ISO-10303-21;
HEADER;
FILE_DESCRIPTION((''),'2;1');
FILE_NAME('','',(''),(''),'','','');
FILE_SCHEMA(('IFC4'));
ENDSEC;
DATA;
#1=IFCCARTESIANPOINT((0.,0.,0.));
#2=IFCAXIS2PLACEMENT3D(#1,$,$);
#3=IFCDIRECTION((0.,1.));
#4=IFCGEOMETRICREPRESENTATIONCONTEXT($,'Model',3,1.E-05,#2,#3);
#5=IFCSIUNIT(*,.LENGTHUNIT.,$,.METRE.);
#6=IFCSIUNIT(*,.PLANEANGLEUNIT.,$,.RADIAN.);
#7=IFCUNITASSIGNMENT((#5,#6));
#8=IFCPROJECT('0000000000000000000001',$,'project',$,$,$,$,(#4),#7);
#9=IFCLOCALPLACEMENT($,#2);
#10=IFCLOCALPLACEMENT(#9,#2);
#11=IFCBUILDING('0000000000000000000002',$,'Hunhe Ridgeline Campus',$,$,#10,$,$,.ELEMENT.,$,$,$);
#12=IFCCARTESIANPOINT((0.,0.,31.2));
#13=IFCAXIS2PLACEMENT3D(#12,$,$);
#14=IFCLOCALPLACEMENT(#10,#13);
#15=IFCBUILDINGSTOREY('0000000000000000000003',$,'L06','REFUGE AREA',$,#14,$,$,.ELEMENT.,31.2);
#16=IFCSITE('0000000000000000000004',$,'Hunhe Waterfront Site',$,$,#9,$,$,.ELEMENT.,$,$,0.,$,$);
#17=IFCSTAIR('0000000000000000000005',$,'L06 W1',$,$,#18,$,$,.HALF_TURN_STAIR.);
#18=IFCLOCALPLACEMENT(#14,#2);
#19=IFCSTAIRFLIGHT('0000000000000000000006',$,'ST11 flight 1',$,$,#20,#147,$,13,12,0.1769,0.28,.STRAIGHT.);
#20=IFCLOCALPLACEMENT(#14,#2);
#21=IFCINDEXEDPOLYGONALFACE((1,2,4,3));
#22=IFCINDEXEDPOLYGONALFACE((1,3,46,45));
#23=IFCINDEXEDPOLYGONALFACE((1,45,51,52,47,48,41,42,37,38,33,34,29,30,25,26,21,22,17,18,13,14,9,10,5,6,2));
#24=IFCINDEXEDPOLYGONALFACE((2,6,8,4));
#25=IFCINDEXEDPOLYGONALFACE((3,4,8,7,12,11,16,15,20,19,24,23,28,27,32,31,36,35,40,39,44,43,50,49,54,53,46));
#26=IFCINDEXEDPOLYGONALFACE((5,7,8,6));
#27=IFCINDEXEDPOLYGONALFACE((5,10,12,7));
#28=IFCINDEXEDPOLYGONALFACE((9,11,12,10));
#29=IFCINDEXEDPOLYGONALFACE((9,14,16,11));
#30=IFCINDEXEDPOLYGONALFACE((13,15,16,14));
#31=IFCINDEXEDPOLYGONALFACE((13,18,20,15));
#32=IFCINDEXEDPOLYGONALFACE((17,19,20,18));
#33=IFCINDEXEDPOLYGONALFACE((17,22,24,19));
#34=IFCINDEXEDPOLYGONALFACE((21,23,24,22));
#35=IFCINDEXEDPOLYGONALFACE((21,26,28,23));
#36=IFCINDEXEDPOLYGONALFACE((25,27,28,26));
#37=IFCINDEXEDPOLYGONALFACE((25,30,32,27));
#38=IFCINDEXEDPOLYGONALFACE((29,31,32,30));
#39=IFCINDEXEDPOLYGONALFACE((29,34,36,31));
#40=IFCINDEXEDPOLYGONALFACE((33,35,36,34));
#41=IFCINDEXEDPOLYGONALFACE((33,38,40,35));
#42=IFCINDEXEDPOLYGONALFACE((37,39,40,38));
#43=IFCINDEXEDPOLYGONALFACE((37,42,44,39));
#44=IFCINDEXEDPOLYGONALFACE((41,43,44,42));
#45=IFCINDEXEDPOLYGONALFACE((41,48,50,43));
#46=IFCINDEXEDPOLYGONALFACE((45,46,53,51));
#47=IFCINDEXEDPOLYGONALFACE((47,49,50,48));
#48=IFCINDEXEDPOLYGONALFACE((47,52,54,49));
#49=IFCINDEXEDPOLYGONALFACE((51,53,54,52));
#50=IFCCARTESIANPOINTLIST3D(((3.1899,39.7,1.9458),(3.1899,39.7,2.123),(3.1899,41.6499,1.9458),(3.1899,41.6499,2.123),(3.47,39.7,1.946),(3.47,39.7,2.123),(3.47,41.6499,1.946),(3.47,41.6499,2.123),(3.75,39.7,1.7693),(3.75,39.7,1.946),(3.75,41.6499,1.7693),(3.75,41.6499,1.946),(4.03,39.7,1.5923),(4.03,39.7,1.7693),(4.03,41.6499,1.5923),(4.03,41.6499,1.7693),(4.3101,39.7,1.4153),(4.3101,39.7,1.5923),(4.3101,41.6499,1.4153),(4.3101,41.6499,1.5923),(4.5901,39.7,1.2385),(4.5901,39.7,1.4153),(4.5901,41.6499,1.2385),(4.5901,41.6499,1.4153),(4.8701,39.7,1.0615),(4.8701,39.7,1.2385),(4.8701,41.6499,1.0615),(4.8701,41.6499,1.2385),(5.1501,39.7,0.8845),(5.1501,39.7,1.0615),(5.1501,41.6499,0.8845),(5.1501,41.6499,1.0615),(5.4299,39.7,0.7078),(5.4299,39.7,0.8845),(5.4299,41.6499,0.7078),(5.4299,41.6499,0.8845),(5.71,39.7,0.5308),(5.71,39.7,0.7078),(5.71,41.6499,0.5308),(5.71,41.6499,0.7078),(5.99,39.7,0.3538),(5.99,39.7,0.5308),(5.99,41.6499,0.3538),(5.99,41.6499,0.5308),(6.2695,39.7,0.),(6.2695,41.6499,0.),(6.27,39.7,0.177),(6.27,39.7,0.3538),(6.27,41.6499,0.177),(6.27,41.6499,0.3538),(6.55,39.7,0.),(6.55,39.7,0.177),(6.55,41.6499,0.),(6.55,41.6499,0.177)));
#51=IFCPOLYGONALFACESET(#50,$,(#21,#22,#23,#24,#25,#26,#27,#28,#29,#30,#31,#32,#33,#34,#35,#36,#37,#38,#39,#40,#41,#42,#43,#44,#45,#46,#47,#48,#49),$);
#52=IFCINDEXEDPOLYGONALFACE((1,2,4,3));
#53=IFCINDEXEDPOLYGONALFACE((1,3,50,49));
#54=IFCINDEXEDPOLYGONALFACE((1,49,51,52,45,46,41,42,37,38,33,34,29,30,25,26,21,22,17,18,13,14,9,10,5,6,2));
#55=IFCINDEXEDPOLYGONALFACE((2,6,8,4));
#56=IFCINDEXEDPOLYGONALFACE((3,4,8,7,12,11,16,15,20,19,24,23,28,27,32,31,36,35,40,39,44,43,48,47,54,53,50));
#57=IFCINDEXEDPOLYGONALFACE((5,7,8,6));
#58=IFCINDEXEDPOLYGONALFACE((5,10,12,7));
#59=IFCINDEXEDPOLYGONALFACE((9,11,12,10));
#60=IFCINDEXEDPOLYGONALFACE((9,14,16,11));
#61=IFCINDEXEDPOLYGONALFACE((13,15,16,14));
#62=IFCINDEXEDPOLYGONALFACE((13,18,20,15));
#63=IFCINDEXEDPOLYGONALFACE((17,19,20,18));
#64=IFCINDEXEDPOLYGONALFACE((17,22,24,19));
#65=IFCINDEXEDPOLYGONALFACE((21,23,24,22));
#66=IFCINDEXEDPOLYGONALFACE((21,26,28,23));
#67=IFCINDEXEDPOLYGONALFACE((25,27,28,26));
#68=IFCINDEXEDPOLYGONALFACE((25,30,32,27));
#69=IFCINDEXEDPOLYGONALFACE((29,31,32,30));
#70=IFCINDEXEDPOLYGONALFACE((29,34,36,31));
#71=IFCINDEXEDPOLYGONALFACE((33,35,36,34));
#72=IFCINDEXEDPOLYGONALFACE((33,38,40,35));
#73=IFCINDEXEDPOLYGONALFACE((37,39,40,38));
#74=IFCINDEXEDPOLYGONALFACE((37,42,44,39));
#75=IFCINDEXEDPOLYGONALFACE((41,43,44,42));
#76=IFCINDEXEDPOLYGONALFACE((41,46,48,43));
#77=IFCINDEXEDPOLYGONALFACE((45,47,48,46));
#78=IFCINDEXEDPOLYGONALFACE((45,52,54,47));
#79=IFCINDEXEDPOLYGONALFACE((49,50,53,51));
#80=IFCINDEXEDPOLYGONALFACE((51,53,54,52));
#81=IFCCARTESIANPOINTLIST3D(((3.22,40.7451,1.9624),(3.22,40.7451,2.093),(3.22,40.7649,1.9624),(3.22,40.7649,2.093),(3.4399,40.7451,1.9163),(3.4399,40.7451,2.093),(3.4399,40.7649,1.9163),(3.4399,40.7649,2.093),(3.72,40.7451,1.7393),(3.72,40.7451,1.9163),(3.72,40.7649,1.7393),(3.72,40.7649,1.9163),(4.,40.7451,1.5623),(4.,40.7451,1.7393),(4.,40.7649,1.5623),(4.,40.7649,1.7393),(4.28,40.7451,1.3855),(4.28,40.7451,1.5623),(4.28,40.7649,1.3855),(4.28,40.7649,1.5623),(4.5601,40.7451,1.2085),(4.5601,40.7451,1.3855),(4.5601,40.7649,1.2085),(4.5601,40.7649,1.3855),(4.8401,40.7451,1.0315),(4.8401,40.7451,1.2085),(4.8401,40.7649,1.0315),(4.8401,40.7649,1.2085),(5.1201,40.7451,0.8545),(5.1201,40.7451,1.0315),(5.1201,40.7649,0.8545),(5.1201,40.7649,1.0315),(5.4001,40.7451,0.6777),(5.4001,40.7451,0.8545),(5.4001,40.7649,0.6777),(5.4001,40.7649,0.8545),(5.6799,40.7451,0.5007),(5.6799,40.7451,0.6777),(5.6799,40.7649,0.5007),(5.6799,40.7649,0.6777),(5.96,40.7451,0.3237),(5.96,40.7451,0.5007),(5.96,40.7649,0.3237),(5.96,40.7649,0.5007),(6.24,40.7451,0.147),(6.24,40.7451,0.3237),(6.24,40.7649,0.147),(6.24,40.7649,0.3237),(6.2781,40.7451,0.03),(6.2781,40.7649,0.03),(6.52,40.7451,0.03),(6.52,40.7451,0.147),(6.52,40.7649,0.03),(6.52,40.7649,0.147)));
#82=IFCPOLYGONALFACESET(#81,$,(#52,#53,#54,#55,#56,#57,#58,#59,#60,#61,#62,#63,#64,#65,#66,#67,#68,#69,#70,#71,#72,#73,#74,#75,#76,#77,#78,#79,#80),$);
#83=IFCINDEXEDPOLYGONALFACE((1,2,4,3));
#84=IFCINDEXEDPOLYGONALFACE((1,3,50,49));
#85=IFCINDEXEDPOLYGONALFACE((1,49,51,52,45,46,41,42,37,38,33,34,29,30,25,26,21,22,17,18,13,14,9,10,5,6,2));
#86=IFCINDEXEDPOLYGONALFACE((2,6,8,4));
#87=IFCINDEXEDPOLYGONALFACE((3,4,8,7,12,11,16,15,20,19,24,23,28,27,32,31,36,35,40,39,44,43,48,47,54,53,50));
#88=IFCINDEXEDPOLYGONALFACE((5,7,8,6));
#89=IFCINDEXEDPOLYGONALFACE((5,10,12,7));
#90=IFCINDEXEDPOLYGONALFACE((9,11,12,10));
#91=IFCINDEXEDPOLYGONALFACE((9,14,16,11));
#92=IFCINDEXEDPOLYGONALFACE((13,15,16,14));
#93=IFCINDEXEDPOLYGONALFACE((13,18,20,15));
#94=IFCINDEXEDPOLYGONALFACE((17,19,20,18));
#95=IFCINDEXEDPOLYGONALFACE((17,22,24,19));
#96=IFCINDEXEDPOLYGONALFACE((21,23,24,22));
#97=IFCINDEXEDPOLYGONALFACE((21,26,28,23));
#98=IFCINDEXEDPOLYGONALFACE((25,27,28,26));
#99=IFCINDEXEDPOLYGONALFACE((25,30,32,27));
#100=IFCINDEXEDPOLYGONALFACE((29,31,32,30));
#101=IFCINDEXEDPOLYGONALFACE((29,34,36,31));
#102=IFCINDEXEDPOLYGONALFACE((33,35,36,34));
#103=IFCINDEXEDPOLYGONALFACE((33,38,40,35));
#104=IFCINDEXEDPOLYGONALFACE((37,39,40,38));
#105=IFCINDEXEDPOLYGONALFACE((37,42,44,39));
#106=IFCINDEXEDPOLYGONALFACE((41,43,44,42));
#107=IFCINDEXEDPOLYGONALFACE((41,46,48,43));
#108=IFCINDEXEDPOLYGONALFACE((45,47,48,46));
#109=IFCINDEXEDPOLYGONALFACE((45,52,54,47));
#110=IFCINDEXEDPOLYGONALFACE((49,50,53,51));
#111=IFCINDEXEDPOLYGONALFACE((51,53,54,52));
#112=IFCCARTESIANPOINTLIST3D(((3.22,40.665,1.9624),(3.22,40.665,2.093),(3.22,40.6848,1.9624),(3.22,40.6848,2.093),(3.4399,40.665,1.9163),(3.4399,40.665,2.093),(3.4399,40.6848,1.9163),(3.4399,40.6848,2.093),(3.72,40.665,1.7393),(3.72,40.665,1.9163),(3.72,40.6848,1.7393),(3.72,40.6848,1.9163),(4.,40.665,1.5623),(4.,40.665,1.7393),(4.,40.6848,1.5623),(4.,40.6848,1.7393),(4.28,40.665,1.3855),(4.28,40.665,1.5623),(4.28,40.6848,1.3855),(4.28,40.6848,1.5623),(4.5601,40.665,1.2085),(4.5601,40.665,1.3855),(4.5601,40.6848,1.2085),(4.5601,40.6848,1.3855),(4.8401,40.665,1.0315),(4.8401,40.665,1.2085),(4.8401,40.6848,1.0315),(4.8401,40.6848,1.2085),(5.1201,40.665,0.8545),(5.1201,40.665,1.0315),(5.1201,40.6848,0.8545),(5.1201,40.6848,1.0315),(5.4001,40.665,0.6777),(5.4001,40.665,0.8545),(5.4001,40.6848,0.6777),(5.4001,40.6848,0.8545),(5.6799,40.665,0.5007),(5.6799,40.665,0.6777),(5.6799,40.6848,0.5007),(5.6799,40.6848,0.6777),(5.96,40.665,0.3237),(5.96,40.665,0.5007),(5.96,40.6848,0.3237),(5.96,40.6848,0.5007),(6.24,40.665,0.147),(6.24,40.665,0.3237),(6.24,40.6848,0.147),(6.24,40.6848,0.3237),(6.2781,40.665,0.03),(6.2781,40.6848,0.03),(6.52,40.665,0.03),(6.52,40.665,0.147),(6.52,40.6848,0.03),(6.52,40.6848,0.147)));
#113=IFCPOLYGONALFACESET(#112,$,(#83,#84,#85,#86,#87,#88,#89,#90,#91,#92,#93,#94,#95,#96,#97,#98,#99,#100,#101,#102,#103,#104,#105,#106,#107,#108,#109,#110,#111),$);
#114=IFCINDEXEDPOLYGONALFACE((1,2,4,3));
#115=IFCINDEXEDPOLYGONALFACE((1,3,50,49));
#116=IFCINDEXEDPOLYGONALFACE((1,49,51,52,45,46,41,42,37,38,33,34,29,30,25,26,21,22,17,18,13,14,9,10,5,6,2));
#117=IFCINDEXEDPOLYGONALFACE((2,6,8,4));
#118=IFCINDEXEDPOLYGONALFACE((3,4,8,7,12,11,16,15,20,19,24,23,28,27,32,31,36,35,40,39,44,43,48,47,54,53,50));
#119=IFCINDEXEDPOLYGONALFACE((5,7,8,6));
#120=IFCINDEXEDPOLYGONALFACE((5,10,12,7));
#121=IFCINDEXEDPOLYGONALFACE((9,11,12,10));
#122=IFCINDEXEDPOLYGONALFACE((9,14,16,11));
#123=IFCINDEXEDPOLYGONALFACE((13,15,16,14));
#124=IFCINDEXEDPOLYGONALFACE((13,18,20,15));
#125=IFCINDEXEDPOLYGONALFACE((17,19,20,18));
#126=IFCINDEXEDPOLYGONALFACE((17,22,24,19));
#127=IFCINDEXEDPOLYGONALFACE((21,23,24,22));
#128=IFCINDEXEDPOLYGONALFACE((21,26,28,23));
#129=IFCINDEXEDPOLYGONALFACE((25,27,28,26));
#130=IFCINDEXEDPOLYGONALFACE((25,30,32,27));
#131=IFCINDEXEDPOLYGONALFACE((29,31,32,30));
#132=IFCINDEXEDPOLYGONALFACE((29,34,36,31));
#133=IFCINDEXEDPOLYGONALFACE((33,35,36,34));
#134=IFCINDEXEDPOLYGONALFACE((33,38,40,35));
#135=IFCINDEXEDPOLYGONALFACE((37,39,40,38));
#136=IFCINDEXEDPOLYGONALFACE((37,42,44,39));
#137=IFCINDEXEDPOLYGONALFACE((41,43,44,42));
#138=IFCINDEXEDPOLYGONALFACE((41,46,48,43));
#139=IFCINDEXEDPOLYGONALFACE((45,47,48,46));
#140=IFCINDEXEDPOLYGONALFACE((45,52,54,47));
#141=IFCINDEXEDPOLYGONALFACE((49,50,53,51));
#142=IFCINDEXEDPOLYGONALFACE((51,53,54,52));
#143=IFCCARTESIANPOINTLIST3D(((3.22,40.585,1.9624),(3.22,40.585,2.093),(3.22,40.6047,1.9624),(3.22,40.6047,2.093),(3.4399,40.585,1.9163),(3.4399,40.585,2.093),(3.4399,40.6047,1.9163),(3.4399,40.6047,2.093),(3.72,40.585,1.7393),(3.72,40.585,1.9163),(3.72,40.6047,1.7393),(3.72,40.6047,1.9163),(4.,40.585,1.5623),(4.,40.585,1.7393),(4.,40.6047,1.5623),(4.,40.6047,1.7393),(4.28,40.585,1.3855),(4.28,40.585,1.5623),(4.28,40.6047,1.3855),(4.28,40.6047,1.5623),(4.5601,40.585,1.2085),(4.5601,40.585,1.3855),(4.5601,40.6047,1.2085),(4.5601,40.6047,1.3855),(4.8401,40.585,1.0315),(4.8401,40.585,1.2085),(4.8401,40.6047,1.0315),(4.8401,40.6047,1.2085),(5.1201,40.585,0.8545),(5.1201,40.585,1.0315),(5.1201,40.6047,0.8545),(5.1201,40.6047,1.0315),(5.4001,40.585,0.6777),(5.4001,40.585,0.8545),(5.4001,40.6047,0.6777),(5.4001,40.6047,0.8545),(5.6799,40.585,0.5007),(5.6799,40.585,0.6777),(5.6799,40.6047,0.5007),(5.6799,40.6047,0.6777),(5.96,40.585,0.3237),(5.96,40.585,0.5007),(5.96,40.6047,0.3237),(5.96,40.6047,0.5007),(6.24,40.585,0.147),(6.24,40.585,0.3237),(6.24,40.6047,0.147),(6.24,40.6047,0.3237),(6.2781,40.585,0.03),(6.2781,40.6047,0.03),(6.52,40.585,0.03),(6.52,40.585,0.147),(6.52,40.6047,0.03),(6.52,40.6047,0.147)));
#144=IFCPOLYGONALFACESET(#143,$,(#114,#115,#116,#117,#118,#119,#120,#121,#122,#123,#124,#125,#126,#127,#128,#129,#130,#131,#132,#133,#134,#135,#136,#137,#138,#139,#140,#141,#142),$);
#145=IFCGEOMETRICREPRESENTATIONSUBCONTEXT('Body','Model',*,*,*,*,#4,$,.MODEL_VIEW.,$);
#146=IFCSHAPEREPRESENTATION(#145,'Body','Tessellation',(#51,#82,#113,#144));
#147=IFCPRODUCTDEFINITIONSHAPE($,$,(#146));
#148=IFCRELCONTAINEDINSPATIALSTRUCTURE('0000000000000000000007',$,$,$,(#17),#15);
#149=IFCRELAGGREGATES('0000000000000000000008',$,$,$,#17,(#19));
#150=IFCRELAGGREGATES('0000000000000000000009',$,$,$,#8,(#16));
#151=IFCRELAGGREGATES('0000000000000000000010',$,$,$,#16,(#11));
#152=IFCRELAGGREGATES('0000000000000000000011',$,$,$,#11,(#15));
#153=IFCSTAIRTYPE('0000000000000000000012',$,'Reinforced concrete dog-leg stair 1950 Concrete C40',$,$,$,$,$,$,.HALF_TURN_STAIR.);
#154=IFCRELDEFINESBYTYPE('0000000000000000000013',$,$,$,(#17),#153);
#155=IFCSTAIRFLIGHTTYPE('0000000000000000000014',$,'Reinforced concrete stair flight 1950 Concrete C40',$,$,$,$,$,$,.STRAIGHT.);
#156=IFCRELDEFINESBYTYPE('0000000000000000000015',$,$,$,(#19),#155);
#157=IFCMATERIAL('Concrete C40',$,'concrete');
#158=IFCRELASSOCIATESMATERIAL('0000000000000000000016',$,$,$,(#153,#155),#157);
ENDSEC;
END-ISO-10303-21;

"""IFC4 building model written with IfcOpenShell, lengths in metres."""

from ifc_helpers import new_model, si_unit, direction, frame, origin, place, context, subcontext, project, spatial, polyline, outline, extrude, material, type_object, element, aggregate, save


model = new_model("IFC4")

# Units and contexts
model_context = context("Model", 3, precision=1e-05, world=origin(), true_north=direction((0.0, 1.0)))
body_context = subcontext(model_context, "Body", "Model", "MODEL_VIEW")
ifc_project = project(units=[si_unit("LENGTHUNIT", "METRE"), si_unit("PLANEANGLEUNIT", "RADIAN")], contexts=[model_context])

# Site, building, storey
site_placement = place(None, origin())
site = spatial("IfcSite", under=ifc_project, at=site_placement, Name="Hunhe Waterfront Site", CompositionType="ELEMENT", RefElevation=0.0)
building_placement = place(site_placement, origin())
building = spatial("IfcBuilding", under=site, at=building_placement, Name="Hunhe Ridgeline Campus", CompositionType="ELEMENT")
storey_placement = place(building_placement, frame((0.0, 0.0, 31.2)))
storey = spatial("IfcBuildingStorey", under=building, at=storey_placement, Name="L06", Description="REFUGE AREA", CompositionType="ELEMENT", Elevation=31.2)

# Stair, stair flight
ifc_material_1 = material(Name="Concrete C40", Category="concrete")
stair_type = type_object("IfcStairType", Name="Reinforced concrete dog-leg stair 1950 Concrete C40", PredefinedType="HALF_TURN_STAIR", material=ifc_material_1)
stair_1_placement = place(storey_placement, origin())
stair_1 = element("IfcStair", 1, at=stair_1_placement, inside=storey, type_object=stair_type, Name="L06 W1", PredefinedType="HALF_TURN_STAIR")
stair_flight_type = type_object("IfcStairFlightType", Name="Reinforced concrete stair flight 1950 Concrete C40", PredefinedType="STRAIGHT", material=ifc_material_1)
stair_flight_1_placement = place(storey_placement, frame((6.55, 40.675, 0.0), z_axis=(0.0, 0.0, 1.0), x_axis=(-1.0, 0.0, 0.0)))
stair_flight_1 = element("IfcStairFlight", 2, at=stair_flight_1_placement, type_object=stair_flight_type, Name="ST11 flight 1", NumberOfRisers=13, NumberOfTreads=12, PredefinedType="STRAIGHT", RiserHeight=0.1769, TreadLength=0.28, context=body_context, shape_type="SweptSolid", body=[
    extrude(outline(polyline([(0.0, 0.0), (0.0, 0.177), (0.28, 0.177), (0.28, 0.3538), (0.5601, 0.3538), (0.5601, 0.5308), (0.8401, 0.5308), (0.8401, 0.7078), (1.1201, 0.7078), (1.1201, 0.8845), (1.3999, 0.8845), (1.3999, 1.0615), (1.6799, 1.0615), (1.6799, 1.2385), (1.96, 1.2385), (1.96, 1.4153), (2.24, 1.4153), (2.24, 1.5923), (2.52, 1.5923), (2.52, 1.7693), (2.8, 1.7693), (2.8, 1.946), (3.0801, 1.946), (3.0801, 2.123), (3.3601, 2.123), (3.3601, 2.3), (3.3601, 1.9458), (0.2805, 0.0), (0.0, 0.0)])), frame((0.0, 0.9751, 0.0), z_axis=(0.0, -1.0, 0.0), x_axis=(1.0, 0.0, 0.0)), (0.0, 0.0, 1.0), 1.95),
    extrude(outline(polyline([(0.03, 0.03), (0.03, 0.147), (0.3101, 0.147), (0.3101, 0.3237), (0.5901, 0.3237), (0.5901, 0.5007), (0.8701, 0.5007), (0.8701, 0.6777), (1.1499, 0.6777), (1.1499, 0.8545), (1.4299, 0.8545), (1.4299, 1.0315), (1.71, 1.0315), (1.71, 1.2085), (1.99, 1.2085), (1.99, 1.3855), (2.27, 1.3855), (2.27, 1.5623), (2.55, 1.5623), (2.55, 1.7393), (2.8301, 1.7393), (2.8301, 1.9163), (3.1101, 1.9163), (3.1101, 2.093), (3.3301, 2.093), (3.3301, 1.9624), (0.272, 0.03), (0.03, 0.03)])), frame((0.0, -0.0701, 0.0), z_axis=(0.0, -1.0, 0.0), x_axis=(1.0, 0.0, 0.0)), (0.0, 0.0, 1.0), 0.0198),
    extrude(outline(polyline([(0.03, 0.03), (0.03, 0.147), (0.3101, 0.147), (0.3101, 0.3237), (0.5901, 0.3237), (0.5901, 0.5007), (0.8701, 0.5007), (0.8701, 0.6777), (1.1499, 0.6777), (1.1499, 0.8545), (1.4299, 0.8545), (1.4299, 1.0315), (1.71, 1.0315), (1.71, 1.2085), (1.99, 1.2085), (1.99, 1.3855), (2.27, 1.3855), (2.27, 1.5623), (2.55, 1.5623), (2.55, 1.7393), (2.8301, 1.7393), (2.8301, 1.9163), (3.1101, 1.9163), (3.1101, 2.093), (3.3301, 2.093), (3.3301, 1.9624), (0.272, 0.03), (0.03, 0.03)])), frame((0.0, 0.01, 0.0), z_axis=(0.0, -1.0, 0.0), x_axis=(1.0, 0.0, 0.0)), (0.0, 0.0, 1.0), 0.0198),
    extrude(outline(polyline([(0.03, 0.03), (0.03, 0.147), (0.3101, 0.147), (0.3101, 0.3237), (0.5901, 0.3237), (0.5901, 0.5007), (0.8701, 0.5007), (0.8701, 0.6777), (1.1499, 0.6777), (1.1499, 0.8545), (1.4299, 0.8545), (1.4299, 1.0315), (1.71, 1.0315), (1.71, 1.2085), (1.99, 1.2085), (1.99, 1.3855), (2.27, 1.3855), (2.27, 1.5623), (2.55, 1.5623), (2.55, 1.7393), (2.8301, 1.7393), (2.8301, 1.9163), (3.1101, 1.9163), (3.1101, 2.093), (3.3301, 2.093), (3.3301, 1.9624), (0.272, 0.03), (0.03, 0.03)])), frame((0.0, 0.0901, 0.0), z_axis=(0.0, -1.0, 0.0), x_axis=(1.0, 0.0, 0.0)), (0.0, 0.0, 1.0), 0.0198),
])
aggregate(stair_1, [stair_flight_1])

save(model, "model.ifc")
